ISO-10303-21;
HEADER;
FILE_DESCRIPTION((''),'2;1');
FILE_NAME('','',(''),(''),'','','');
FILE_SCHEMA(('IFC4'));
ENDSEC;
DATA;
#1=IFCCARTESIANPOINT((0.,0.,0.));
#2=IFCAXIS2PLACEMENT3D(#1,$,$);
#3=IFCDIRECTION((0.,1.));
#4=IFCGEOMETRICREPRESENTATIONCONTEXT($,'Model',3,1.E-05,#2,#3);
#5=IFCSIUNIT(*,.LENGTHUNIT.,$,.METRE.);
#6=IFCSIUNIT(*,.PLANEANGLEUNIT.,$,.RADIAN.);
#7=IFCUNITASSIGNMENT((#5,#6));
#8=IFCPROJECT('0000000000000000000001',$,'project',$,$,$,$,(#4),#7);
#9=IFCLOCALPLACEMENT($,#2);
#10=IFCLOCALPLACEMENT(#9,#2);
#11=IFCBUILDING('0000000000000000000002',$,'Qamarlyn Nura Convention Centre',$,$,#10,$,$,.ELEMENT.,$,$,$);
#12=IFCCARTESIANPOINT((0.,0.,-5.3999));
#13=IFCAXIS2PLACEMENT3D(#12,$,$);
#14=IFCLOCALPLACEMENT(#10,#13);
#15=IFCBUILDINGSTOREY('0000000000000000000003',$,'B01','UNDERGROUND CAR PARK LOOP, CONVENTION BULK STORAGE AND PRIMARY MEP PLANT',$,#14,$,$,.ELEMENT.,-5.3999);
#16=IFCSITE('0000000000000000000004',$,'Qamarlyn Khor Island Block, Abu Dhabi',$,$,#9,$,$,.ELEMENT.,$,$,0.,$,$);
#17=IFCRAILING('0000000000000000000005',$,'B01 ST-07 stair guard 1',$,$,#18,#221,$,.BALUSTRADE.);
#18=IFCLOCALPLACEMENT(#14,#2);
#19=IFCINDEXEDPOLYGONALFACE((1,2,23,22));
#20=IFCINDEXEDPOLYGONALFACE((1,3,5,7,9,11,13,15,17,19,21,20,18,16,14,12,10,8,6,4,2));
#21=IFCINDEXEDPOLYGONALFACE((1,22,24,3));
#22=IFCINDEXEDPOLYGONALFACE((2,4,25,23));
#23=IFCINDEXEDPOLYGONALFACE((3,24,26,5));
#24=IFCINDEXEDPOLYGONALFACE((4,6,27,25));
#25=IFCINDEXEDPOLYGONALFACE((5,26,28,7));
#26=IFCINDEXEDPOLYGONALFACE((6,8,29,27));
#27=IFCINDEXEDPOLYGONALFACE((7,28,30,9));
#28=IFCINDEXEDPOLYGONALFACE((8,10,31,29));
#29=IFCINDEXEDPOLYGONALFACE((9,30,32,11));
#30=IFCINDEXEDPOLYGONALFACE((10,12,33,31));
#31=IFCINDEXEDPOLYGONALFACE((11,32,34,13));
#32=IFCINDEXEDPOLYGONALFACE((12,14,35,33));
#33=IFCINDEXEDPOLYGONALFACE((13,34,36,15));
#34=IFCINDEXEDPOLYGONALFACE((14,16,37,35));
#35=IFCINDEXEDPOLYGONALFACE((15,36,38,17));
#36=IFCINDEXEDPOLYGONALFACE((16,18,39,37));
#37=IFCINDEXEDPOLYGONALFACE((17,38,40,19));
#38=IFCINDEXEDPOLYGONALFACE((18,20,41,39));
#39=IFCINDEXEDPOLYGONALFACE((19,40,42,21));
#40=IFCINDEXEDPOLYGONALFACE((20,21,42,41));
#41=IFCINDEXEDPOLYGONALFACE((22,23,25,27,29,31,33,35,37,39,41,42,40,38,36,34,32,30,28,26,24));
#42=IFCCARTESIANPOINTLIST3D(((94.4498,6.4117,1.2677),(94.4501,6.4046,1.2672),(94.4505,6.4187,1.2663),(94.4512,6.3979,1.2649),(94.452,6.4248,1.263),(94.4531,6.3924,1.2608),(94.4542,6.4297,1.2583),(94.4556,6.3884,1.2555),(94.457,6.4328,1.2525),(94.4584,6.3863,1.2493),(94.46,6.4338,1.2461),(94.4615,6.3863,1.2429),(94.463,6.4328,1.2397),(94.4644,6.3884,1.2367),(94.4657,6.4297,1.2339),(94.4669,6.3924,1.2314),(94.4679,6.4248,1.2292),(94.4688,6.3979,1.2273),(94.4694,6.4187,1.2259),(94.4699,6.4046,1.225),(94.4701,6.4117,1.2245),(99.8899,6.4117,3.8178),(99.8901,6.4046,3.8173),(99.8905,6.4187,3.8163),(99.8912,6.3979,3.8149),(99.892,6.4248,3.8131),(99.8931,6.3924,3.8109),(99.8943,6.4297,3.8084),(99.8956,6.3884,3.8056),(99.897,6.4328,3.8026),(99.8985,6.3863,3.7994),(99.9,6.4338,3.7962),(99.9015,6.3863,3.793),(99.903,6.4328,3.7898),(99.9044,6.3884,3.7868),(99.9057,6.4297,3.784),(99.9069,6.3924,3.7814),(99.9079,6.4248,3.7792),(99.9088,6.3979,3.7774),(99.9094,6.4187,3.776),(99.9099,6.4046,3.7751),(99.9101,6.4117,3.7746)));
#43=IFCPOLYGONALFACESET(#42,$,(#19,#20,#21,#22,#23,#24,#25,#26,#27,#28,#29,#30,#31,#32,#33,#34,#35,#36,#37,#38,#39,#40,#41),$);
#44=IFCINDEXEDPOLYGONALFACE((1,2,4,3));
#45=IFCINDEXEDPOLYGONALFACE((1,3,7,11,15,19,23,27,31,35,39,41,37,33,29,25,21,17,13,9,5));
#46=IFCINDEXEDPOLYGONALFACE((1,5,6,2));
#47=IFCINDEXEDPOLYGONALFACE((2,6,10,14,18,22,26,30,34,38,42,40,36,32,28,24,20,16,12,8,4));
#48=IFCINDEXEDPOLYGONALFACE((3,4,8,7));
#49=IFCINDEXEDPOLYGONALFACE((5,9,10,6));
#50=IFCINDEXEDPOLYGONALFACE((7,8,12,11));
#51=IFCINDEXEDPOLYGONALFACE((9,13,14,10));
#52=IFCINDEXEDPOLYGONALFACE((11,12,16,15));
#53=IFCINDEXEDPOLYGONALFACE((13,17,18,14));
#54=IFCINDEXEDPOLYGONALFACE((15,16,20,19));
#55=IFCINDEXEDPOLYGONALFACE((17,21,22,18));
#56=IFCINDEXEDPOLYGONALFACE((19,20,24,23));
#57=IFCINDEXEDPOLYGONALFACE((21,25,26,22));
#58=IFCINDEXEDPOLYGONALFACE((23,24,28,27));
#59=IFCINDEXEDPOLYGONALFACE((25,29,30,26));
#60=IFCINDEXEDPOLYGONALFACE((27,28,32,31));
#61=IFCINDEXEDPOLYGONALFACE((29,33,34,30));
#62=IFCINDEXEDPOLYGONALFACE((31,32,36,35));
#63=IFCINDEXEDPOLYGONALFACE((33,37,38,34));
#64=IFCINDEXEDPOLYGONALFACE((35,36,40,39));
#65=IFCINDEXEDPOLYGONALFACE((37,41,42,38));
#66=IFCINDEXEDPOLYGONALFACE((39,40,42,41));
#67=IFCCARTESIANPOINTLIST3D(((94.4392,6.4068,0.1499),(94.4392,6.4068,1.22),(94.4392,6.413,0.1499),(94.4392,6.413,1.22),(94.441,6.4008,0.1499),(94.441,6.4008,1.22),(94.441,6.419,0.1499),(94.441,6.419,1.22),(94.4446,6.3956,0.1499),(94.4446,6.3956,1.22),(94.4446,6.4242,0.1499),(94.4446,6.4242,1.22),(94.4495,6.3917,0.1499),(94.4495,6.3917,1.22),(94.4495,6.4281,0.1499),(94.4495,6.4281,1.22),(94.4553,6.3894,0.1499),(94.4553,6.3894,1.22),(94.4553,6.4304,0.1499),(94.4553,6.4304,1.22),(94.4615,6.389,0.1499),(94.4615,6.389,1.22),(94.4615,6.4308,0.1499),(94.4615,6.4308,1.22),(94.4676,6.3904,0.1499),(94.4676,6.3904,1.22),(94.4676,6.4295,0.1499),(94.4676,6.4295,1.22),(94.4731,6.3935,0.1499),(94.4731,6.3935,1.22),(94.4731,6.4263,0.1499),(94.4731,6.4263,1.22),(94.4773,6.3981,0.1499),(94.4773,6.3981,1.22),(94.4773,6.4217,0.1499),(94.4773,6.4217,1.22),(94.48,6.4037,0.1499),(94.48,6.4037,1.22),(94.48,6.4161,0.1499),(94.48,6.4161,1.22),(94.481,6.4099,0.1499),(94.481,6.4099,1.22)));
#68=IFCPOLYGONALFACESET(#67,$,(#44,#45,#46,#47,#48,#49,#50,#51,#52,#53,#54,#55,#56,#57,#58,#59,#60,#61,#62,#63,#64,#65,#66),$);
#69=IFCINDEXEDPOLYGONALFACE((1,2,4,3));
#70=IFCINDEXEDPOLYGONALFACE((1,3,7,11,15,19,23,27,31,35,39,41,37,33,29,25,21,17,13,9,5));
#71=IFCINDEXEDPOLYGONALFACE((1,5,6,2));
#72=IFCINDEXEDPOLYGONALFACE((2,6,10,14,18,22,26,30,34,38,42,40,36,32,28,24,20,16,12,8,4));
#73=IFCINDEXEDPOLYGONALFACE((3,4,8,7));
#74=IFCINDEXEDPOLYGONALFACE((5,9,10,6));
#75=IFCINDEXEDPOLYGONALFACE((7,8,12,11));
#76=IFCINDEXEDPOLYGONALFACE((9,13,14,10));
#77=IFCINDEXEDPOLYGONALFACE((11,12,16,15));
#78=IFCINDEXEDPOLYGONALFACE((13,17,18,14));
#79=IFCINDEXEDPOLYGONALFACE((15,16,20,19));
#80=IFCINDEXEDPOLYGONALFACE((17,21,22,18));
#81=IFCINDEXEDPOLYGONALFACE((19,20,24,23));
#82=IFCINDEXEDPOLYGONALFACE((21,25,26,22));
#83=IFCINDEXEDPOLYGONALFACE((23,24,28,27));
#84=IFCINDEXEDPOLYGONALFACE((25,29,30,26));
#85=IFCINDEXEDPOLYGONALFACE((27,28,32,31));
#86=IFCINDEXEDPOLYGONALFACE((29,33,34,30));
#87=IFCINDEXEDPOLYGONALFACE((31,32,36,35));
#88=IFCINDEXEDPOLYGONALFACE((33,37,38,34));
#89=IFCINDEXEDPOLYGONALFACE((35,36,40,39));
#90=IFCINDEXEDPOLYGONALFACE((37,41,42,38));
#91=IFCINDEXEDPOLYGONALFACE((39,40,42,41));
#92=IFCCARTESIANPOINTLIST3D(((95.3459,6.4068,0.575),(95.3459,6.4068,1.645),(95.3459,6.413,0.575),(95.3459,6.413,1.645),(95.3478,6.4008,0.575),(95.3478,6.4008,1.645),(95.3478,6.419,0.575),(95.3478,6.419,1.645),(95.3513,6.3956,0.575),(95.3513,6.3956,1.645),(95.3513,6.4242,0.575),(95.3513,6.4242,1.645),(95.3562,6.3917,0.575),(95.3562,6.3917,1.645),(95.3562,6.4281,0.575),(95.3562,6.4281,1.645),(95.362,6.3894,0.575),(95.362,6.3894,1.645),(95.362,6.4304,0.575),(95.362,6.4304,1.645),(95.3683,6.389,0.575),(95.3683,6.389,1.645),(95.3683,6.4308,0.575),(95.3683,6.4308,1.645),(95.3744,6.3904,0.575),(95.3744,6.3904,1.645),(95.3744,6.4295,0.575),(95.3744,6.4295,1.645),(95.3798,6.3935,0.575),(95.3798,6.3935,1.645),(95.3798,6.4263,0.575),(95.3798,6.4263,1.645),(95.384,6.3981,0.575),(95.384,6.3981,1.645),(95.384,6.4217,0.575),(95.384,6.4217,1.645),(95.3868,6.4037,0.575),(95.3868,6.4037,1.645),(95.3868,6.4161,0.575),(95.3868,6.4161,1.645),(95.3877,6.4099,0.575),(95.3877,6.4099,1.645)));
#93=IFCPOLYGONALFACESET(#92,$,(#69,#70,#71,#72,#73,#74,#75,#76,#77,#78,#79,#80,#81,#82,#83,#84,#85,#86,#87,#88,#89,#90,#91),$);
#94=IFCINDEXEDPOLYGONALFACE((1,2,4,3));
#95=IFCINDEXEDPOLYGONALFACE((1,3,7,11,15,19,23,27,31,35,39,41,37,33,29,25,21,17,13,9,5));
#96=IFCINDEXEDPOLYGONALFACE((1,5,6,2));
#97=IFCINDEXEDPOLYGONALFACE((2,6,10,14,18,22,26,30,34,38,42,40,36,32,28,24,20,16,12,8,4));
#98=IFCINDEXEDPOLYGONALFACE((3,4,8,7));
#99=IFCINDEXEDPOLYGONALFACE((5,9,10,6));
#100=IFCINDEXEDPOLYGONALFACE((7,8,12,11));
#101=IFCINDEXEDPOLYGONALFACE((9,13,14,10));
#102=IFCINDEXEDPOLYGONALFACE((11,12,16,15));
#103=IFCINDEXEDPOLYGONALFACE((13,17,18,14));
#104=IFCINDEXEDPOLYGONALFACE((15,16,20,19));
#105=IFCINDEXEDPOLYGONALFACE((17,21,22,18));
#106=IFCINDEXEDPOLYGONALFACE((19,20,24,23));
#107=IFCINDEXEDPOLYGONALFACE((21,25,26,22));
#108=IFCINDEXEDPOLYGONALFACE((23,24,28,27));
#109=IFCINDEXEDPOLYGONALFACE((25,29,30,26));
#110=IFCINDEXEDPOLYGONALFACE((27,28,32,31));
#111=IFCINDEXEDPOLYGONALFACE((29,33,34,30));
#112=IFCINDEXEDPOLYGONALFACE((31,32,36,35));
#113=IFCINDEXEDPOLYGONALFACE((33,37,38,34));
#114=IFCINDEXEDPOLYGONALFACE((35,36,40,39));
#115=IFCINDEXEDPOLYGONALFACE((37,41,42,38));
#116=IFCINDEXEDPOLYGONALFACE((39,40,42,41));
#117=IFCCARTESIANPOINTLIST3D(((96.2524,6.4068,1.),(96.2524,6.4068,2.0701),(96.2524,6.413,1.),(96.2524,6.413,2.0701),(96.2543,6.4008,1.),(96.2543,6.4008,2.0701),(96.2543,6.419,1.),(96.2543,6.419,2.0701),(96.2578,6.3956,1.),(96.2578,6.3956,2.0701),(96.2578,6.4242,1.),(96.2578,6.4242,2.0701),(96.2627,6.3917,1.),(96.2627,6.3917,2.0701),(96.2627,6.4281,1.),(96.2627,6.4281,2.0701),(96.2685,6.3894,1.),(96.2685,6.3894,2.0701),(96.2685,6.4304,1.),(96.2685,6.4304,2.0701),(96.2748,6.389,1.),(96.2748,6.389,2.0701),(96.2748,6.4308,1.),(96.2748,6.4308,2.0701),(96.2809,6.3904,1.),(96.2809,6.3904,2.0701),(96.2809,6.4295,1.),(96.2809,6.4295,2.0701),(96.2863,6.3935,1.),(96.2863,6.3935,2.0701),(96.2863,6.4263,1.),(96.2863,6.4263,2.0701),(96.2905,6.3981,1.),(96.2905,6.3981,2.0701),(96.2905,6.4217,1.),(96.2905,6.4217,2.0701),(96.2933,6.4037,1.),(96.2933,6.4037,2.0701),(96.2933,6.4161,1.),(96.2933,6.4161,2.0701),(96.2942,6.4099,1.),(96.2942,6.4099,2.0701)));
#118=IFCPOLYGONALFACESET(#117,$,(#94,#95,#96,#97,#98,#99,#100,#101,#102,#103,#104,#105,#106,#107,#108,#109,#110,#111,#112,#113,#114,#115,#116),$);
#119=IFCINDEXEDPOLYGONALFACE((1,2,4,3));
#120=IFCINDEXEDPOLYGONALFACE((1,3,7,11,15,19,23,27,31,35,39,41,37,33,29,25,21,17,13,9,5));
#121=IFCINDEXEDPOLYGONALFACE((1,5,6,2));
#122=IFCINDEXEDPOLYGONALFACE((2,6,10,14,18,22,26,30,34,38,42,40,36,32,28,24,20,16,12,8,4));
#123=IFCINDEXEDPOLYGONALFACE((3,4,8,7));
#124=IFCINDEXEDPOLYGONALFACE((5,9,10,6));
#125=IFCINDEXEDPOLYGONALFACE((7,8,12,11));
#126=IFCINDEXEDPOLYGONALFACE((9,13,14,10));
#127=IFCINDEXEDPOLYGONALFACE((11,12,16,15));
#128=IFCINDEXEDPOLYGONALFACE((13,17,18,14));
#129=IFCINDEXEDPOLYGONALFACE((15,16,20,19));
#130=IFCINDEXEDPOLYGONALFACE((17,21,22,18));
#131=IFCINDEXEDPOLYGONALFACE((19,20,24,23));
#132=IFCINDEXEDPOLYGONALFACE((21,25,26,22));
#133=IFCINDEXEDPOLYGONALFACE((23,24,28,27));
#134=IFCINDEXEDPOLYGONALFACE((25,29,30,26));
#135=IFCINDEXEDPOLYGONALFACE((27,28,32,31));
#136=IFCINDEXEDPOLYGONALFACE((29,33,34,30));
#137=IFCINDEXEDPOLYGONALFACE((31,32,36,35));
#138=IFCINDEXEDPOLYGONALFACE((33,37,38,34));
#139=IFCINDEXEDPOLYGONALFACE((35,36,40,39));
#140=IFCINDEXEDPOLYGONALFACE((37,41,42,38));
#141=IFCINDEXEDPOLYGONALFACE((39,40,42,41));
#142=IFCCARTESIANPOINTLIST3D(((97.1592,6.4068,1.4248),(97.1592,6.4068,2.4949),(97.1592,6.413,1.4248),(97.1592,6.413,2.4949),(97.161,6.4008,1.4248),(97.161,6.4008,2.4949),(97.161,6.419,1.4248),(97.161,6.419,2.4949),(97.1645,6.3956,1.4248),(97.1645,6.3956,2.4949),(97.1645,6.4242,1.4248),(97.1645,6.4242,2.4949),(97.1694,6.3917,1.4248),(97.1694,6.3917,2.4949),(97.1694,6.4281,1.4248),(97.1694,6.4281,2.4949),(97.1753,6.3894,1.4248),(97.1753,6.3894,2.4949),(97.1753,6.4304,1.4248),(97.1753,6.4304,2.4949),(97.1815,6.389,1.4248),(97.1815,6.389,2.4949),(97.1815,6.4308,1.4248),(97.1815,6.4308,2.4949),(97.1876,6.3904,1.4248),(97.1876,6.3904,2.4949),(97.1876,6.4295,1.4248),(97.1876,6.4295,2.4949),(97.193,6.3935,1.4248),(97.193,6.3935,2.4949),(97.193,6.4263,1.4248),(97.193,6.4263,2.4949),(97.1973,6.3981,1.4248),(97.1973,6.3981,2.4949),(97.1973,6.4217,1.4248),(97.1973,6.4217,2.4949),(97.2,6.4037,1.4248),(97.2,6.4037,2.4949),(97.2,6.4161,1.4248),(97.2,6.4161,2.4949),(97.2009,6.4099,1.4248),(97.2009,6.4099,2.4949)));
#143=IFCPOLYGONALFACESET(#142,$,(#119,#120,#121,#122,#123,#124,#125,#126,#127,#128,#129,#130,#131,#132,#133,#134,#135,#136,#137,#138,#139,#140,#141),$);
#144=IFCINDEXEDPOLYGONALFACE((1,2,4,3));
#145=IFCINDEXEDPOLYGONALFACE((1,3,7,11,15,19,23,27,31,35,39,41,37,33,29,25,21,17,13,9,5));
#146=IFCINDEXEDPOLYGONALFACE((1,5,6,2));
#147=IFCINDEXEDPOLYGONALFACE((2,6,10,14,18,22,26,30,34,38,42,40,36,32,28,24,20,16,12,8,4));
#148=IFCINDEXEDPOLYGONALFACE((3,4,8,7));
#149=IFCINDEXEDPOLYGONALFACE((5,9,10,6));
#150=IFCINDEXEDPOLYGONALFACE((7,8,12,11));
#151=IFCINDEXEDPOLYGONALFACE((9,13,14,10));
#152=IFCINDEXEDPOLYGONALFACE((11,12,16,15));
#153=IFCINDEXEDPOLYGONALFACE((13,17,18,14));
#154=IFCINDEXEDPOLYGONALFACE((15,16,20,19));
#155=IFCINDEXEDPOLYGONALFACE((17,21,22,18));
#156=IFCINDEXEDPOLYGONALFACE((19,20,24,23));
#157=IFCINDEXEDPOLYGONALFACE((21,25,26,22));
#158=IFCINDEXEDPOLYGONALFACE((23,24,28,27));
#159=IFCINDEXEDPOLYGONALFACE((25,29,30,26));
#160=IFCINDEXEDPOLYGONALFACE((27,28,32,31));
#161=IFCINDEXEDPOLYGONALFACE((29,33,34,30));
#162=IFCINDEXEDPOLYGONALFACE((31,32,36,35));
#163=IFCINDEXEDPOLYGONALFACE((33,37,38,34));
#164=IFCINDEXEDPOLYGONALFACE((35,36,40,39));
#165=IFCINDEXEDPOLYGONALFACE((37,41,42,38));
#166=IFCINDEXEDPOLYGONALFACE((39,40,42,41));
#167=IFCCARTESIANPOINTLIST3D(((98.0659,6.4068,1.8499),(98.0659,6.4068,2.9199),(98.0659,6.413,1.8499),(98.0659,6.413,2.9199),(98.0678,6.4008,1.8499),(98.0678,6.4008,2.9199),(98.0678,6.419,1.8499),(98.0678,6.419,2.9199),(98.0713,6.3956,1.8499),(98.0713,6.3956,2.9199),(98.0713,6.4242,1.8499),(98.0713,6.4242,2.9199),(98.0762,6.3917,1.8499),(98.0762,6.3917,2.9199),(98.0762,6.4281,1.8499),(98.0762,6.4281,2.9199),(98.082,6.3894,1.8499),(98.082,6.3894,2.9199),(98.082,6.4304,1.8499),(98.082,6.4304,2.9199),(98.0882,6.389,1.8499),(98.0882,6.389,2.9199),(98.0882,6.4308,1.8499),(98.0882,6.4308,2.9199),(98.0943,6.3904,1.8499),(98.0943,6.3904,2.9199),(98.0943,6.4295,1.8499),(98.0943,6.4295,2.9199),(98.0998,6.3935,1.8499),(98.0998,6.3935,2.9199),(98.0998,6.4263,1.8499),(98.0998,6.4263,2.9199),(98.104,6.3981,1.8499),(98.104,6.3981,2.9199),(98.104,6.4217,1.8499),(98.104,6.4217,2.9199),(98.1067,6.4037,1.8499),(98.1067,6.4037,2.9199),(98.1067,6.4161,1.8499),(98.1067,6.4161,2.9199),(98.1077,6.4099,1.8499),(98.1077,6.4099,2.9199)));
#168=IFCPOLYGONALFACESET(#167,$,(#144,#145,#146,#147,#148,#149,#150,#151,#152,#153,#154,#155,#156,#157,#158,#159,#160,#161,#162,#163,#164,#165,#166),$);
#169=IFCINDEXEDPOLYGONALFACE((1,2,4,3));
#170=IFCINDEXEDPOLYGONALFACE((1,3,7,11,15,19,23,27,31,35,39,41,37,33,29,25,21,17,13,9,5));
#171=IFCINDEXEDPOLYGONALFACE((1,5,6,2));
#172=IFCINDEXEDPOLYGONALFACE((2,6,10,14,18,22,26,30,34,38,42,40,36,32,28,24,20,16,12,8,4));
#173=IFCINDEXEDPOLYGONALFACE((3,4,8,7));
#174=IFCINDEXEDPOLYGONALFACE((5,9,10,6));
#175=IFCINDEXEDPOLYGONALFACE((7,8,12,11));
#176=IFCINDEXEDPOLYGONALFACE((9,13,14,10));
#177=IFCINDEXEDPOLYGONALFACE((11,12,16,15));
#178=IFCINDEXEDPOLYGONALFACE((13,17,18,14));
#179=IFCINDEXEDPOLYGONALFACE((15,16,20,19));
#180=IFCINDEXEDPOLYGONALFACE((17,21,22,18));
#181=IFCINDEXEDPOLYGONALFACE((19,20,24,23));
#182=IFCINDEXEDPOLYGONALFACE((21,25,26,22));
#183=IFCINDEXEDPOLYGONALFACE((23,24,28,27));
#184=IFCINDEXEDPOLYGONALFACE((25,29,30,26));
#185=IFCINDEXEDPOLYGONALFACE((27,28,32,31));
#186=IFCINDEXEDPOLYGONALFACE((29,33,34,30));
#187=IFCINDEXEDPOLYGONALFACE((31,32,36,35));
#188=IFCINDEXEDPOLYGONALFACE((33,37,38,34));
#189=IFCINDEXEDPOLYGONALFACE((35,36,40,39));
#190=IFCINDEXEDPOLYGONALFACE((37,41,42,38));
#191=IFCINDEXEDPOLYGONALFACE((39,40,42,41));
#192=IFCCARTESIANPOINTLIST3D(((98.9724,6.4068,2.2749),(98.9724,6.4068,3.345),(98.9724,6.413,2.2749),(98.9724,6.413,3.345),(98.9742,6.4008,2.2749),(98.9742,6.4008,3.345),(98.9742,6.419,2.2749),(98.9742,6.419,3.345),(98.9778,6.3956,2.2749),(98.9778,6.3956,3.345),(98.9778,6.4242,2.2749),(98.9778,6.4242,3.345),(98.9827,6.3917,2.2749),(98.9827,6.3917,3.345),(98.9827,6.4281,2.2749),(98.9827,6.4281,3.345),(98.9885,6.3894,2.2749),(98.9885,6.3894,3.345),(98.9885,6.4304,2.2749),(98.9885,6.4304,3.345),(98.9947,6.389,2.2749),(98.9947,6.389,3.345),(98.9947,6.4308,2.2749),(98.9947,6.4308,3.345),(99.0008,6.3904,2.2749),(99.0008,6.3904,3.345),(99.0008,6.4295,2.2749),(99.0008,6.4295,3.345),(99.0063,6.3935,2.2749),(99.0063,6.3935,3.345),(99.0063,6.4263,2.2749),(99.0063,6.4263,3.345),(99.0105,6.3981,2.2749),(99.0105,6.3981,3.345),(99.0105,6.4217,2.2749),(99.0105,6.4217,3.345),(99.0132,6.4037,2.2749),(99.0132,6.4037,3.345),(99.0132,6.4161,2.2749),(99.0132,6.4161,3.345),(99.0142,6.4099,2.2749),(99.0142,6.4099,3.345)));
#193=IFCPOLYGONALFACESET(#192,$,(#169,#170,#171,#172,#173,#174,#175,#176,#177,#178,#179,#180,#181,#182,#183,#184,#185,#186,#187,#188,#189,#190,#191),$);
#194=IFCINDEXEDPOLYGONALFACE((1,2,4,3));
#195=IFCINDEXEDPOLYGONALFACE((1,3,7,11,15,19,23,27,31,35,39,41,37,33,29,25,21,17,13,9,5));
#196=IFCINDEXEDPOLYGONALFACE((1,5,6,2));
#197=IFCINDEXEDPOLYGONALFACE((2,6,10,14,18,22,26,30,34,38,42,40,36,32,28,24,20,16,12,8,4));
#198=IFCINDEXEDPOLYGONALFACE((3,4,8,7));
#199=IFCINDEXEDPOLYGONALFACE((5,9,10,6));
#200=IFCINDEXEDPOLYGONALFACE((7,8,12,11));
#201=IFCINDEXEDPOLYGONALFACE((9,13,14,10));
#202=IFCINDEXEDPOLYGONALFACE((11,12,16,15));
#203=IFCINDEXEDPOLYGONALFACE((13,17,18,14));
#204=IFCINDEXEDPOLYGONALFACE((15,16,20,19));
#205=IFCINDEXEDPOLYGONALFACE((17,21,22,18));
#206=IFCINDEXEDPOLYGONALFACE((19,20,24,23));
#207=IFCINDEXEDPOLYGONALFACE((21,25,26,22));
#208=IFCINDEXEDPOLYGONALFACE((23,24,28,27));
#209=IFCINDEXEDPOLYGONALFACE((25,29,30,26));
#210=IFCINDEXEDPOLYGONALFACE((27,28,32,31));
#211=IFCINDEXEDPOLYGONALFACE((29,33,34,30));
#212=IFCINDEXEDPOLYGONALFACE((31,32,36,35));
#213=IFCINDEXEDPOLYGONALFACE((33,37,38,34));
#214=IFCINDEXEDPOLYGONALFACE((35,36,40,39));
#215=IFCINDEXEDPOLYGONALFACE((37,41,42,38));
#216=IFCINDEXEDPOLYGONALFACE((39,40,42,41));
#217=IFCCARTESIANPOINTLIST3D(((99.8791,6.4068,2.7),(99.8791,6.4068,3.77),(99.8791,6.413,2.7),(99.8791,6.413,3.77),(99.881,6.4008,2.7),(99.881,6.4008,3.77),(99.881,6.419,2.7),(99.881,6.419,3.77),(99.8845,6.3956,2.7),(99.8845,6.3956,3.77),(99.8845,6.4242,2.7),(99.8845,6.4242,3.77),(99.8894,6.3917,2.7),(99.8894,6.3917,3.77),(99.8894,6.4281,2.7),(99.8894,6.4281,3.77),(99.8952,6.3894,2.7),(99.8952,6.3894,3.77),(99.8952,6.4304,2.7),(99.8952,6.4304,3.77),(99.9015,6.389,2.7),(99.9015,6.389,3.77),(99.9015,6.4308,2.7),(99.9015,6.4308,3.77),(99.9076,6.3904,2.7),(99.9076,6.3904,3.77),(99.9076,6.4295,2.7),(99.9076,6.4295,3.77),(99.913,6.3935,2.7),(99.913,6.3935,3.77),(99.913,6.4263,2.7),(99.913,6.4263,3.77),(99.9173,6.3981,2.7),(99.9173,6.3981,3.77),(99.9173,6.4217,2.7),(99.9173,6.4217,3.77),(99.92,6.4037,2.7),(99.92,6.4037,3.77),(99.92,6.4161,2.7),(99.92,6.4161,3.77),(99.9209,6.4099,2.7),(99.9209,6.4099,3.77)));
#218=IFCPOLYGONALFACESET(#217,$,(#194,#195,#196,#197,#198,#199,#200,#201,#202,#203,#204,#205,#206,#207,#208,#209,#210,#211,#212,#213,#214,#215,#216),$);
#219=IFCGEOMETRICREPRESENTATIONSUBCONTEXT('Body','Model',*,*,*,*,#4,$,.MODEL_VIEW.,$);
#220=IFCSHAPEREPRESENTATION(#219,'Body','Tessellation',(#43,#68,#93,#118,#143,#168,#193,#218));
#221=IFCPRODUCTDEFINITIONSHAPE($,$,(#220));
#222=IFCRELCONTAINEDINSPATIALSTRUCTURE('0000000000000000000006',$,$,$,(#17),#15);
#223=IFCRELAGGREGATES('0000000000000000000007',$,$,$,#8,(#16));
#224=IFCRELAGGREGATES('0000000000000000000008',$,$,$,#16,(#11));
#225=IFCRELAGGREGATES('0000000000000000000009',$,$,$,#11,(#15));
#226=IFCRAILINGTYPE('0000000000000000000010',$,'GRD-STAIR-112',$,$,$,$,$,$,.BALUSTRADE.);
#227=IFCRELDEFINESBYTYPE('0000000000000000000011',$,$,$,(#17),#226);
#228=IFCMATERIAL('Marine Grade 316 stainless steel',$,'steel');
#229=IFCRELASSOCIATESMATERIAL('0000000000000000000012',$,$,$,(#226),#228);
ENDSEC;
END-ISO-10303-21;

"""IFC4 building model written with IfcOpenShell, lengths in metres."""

from ifc_helpers import new_model, si_unit, direction, frame, origin, origin_2d, place, context, subcontext, project, spatial, circle, extrude, material, type_object, element, save


model = new_model("IFC4")

# Units and contexts
model_context = context("Model", 3, precision=1e-05, world=origin(), true_north=direction((0.0, 1.0)))
body_context = subcontext(model_context, "Body", "Model", "MODEL_VIEW")
ifc_project = project(units=[si_unit("LENGTHUNIT", "METRE"), si_unit("PLANEANGLEUNIT", "RADIAN")], contexts=[model_context])

# Site, building, storey
site_placement = place(None, origin())
site = spatial("IfcSite", under=ifc_project, at=site_placement, Name="Qamarlyn Khor Island Block, Abu Dhabi", CompositionType="ELEMENT", RefElevation=0.0)
building_placement = place(site_placement, origin())
building = spatial("IfcBuilding", under=site, at=building_placement, Name="Qamarlyn Nura Convention Centre", CompositionType="ELEMENT")
storey_placement = place(building_placement, frame((0.0, 0.0, -5.3999)))
storey = spatial("IfcBuildingStorey", under=building, at=storey_placement, Name="B01", Description="UNDERGROUND CAR PARK LOOP, CONVENTION BULK STORAGE AND PRIMARY MEP PLANT", CompositionType="ELEMENT", Elevation=-5.3999)

# Railing
ifc_material_1 = material(Name="Marine Grade 316 stainless steel", Category="steel")
railing_type_1 = type_object("IfcRailingType", Name="GRD-STAIR-112", PredefinedType="BALUSTRADE", material=ifc_material_1)
railing_1_placement = place(storey_placement, frame((94.46, 6.4099, 0.1499)))
element("IfcRailing", 1, at=railing_1_placement, inside=storey, type_object=railing_type_1, Name="B01 ST-07 stair guard 1", PredefinedType="BALUSTRADE", context=body_context, shape_type="SweptSolid", body=[
    extrude(circle(Radius=0.0239, at=origin_2d()), frame((0.0, 0.0, 1.0962), z_axis=(0.905454, 0.0, 0.424444), x_axis=(0.0, 1.0, 0.0)), (0.0, 0.0, 1.0), 6.0081),
    extrude(circle(Radius=0.021, at=origin_2d()), origin(), (0.0, 0.0, 1.0), 1.0701),
    extrude(circle(Radius=0.021, at=origin_2d()), frame((0.9067, 0.0, 0.425)), (0.0, 0.0, 1.0), 1.0701),
    extrude(circle(Radius=0.021, at=origin_2d()), frame((1.8132, 0.0, 0.8501)), (0.0, 0.0, 1.0), 1.0701),
    extrude(circle(Radius=0.021, at=origin_2d()), frame((2.72, 0.0, 1.2749)), (0.0, 0.0, 1.0), 1.0701),
    extrude(circle(Radius=0.021, at=origin_2d()), frame((3.6267, 0.0, 1.7)), (0.0, 0.0, 1.0), 1.0701),
    extrude(circle(Radius=0.021, at=origin_2d()), frame((4.5332, 0.0, 2.125)), (0.0, 0.0, 1.0), 1.0701),
    extrude(circle(Radius=0.021, at=origin_2d()), frame((5.4399, 0.0, 2.55)), (0.0, 0.0, 1.0), 1.0701),
])

save(model, "model.ifc")
